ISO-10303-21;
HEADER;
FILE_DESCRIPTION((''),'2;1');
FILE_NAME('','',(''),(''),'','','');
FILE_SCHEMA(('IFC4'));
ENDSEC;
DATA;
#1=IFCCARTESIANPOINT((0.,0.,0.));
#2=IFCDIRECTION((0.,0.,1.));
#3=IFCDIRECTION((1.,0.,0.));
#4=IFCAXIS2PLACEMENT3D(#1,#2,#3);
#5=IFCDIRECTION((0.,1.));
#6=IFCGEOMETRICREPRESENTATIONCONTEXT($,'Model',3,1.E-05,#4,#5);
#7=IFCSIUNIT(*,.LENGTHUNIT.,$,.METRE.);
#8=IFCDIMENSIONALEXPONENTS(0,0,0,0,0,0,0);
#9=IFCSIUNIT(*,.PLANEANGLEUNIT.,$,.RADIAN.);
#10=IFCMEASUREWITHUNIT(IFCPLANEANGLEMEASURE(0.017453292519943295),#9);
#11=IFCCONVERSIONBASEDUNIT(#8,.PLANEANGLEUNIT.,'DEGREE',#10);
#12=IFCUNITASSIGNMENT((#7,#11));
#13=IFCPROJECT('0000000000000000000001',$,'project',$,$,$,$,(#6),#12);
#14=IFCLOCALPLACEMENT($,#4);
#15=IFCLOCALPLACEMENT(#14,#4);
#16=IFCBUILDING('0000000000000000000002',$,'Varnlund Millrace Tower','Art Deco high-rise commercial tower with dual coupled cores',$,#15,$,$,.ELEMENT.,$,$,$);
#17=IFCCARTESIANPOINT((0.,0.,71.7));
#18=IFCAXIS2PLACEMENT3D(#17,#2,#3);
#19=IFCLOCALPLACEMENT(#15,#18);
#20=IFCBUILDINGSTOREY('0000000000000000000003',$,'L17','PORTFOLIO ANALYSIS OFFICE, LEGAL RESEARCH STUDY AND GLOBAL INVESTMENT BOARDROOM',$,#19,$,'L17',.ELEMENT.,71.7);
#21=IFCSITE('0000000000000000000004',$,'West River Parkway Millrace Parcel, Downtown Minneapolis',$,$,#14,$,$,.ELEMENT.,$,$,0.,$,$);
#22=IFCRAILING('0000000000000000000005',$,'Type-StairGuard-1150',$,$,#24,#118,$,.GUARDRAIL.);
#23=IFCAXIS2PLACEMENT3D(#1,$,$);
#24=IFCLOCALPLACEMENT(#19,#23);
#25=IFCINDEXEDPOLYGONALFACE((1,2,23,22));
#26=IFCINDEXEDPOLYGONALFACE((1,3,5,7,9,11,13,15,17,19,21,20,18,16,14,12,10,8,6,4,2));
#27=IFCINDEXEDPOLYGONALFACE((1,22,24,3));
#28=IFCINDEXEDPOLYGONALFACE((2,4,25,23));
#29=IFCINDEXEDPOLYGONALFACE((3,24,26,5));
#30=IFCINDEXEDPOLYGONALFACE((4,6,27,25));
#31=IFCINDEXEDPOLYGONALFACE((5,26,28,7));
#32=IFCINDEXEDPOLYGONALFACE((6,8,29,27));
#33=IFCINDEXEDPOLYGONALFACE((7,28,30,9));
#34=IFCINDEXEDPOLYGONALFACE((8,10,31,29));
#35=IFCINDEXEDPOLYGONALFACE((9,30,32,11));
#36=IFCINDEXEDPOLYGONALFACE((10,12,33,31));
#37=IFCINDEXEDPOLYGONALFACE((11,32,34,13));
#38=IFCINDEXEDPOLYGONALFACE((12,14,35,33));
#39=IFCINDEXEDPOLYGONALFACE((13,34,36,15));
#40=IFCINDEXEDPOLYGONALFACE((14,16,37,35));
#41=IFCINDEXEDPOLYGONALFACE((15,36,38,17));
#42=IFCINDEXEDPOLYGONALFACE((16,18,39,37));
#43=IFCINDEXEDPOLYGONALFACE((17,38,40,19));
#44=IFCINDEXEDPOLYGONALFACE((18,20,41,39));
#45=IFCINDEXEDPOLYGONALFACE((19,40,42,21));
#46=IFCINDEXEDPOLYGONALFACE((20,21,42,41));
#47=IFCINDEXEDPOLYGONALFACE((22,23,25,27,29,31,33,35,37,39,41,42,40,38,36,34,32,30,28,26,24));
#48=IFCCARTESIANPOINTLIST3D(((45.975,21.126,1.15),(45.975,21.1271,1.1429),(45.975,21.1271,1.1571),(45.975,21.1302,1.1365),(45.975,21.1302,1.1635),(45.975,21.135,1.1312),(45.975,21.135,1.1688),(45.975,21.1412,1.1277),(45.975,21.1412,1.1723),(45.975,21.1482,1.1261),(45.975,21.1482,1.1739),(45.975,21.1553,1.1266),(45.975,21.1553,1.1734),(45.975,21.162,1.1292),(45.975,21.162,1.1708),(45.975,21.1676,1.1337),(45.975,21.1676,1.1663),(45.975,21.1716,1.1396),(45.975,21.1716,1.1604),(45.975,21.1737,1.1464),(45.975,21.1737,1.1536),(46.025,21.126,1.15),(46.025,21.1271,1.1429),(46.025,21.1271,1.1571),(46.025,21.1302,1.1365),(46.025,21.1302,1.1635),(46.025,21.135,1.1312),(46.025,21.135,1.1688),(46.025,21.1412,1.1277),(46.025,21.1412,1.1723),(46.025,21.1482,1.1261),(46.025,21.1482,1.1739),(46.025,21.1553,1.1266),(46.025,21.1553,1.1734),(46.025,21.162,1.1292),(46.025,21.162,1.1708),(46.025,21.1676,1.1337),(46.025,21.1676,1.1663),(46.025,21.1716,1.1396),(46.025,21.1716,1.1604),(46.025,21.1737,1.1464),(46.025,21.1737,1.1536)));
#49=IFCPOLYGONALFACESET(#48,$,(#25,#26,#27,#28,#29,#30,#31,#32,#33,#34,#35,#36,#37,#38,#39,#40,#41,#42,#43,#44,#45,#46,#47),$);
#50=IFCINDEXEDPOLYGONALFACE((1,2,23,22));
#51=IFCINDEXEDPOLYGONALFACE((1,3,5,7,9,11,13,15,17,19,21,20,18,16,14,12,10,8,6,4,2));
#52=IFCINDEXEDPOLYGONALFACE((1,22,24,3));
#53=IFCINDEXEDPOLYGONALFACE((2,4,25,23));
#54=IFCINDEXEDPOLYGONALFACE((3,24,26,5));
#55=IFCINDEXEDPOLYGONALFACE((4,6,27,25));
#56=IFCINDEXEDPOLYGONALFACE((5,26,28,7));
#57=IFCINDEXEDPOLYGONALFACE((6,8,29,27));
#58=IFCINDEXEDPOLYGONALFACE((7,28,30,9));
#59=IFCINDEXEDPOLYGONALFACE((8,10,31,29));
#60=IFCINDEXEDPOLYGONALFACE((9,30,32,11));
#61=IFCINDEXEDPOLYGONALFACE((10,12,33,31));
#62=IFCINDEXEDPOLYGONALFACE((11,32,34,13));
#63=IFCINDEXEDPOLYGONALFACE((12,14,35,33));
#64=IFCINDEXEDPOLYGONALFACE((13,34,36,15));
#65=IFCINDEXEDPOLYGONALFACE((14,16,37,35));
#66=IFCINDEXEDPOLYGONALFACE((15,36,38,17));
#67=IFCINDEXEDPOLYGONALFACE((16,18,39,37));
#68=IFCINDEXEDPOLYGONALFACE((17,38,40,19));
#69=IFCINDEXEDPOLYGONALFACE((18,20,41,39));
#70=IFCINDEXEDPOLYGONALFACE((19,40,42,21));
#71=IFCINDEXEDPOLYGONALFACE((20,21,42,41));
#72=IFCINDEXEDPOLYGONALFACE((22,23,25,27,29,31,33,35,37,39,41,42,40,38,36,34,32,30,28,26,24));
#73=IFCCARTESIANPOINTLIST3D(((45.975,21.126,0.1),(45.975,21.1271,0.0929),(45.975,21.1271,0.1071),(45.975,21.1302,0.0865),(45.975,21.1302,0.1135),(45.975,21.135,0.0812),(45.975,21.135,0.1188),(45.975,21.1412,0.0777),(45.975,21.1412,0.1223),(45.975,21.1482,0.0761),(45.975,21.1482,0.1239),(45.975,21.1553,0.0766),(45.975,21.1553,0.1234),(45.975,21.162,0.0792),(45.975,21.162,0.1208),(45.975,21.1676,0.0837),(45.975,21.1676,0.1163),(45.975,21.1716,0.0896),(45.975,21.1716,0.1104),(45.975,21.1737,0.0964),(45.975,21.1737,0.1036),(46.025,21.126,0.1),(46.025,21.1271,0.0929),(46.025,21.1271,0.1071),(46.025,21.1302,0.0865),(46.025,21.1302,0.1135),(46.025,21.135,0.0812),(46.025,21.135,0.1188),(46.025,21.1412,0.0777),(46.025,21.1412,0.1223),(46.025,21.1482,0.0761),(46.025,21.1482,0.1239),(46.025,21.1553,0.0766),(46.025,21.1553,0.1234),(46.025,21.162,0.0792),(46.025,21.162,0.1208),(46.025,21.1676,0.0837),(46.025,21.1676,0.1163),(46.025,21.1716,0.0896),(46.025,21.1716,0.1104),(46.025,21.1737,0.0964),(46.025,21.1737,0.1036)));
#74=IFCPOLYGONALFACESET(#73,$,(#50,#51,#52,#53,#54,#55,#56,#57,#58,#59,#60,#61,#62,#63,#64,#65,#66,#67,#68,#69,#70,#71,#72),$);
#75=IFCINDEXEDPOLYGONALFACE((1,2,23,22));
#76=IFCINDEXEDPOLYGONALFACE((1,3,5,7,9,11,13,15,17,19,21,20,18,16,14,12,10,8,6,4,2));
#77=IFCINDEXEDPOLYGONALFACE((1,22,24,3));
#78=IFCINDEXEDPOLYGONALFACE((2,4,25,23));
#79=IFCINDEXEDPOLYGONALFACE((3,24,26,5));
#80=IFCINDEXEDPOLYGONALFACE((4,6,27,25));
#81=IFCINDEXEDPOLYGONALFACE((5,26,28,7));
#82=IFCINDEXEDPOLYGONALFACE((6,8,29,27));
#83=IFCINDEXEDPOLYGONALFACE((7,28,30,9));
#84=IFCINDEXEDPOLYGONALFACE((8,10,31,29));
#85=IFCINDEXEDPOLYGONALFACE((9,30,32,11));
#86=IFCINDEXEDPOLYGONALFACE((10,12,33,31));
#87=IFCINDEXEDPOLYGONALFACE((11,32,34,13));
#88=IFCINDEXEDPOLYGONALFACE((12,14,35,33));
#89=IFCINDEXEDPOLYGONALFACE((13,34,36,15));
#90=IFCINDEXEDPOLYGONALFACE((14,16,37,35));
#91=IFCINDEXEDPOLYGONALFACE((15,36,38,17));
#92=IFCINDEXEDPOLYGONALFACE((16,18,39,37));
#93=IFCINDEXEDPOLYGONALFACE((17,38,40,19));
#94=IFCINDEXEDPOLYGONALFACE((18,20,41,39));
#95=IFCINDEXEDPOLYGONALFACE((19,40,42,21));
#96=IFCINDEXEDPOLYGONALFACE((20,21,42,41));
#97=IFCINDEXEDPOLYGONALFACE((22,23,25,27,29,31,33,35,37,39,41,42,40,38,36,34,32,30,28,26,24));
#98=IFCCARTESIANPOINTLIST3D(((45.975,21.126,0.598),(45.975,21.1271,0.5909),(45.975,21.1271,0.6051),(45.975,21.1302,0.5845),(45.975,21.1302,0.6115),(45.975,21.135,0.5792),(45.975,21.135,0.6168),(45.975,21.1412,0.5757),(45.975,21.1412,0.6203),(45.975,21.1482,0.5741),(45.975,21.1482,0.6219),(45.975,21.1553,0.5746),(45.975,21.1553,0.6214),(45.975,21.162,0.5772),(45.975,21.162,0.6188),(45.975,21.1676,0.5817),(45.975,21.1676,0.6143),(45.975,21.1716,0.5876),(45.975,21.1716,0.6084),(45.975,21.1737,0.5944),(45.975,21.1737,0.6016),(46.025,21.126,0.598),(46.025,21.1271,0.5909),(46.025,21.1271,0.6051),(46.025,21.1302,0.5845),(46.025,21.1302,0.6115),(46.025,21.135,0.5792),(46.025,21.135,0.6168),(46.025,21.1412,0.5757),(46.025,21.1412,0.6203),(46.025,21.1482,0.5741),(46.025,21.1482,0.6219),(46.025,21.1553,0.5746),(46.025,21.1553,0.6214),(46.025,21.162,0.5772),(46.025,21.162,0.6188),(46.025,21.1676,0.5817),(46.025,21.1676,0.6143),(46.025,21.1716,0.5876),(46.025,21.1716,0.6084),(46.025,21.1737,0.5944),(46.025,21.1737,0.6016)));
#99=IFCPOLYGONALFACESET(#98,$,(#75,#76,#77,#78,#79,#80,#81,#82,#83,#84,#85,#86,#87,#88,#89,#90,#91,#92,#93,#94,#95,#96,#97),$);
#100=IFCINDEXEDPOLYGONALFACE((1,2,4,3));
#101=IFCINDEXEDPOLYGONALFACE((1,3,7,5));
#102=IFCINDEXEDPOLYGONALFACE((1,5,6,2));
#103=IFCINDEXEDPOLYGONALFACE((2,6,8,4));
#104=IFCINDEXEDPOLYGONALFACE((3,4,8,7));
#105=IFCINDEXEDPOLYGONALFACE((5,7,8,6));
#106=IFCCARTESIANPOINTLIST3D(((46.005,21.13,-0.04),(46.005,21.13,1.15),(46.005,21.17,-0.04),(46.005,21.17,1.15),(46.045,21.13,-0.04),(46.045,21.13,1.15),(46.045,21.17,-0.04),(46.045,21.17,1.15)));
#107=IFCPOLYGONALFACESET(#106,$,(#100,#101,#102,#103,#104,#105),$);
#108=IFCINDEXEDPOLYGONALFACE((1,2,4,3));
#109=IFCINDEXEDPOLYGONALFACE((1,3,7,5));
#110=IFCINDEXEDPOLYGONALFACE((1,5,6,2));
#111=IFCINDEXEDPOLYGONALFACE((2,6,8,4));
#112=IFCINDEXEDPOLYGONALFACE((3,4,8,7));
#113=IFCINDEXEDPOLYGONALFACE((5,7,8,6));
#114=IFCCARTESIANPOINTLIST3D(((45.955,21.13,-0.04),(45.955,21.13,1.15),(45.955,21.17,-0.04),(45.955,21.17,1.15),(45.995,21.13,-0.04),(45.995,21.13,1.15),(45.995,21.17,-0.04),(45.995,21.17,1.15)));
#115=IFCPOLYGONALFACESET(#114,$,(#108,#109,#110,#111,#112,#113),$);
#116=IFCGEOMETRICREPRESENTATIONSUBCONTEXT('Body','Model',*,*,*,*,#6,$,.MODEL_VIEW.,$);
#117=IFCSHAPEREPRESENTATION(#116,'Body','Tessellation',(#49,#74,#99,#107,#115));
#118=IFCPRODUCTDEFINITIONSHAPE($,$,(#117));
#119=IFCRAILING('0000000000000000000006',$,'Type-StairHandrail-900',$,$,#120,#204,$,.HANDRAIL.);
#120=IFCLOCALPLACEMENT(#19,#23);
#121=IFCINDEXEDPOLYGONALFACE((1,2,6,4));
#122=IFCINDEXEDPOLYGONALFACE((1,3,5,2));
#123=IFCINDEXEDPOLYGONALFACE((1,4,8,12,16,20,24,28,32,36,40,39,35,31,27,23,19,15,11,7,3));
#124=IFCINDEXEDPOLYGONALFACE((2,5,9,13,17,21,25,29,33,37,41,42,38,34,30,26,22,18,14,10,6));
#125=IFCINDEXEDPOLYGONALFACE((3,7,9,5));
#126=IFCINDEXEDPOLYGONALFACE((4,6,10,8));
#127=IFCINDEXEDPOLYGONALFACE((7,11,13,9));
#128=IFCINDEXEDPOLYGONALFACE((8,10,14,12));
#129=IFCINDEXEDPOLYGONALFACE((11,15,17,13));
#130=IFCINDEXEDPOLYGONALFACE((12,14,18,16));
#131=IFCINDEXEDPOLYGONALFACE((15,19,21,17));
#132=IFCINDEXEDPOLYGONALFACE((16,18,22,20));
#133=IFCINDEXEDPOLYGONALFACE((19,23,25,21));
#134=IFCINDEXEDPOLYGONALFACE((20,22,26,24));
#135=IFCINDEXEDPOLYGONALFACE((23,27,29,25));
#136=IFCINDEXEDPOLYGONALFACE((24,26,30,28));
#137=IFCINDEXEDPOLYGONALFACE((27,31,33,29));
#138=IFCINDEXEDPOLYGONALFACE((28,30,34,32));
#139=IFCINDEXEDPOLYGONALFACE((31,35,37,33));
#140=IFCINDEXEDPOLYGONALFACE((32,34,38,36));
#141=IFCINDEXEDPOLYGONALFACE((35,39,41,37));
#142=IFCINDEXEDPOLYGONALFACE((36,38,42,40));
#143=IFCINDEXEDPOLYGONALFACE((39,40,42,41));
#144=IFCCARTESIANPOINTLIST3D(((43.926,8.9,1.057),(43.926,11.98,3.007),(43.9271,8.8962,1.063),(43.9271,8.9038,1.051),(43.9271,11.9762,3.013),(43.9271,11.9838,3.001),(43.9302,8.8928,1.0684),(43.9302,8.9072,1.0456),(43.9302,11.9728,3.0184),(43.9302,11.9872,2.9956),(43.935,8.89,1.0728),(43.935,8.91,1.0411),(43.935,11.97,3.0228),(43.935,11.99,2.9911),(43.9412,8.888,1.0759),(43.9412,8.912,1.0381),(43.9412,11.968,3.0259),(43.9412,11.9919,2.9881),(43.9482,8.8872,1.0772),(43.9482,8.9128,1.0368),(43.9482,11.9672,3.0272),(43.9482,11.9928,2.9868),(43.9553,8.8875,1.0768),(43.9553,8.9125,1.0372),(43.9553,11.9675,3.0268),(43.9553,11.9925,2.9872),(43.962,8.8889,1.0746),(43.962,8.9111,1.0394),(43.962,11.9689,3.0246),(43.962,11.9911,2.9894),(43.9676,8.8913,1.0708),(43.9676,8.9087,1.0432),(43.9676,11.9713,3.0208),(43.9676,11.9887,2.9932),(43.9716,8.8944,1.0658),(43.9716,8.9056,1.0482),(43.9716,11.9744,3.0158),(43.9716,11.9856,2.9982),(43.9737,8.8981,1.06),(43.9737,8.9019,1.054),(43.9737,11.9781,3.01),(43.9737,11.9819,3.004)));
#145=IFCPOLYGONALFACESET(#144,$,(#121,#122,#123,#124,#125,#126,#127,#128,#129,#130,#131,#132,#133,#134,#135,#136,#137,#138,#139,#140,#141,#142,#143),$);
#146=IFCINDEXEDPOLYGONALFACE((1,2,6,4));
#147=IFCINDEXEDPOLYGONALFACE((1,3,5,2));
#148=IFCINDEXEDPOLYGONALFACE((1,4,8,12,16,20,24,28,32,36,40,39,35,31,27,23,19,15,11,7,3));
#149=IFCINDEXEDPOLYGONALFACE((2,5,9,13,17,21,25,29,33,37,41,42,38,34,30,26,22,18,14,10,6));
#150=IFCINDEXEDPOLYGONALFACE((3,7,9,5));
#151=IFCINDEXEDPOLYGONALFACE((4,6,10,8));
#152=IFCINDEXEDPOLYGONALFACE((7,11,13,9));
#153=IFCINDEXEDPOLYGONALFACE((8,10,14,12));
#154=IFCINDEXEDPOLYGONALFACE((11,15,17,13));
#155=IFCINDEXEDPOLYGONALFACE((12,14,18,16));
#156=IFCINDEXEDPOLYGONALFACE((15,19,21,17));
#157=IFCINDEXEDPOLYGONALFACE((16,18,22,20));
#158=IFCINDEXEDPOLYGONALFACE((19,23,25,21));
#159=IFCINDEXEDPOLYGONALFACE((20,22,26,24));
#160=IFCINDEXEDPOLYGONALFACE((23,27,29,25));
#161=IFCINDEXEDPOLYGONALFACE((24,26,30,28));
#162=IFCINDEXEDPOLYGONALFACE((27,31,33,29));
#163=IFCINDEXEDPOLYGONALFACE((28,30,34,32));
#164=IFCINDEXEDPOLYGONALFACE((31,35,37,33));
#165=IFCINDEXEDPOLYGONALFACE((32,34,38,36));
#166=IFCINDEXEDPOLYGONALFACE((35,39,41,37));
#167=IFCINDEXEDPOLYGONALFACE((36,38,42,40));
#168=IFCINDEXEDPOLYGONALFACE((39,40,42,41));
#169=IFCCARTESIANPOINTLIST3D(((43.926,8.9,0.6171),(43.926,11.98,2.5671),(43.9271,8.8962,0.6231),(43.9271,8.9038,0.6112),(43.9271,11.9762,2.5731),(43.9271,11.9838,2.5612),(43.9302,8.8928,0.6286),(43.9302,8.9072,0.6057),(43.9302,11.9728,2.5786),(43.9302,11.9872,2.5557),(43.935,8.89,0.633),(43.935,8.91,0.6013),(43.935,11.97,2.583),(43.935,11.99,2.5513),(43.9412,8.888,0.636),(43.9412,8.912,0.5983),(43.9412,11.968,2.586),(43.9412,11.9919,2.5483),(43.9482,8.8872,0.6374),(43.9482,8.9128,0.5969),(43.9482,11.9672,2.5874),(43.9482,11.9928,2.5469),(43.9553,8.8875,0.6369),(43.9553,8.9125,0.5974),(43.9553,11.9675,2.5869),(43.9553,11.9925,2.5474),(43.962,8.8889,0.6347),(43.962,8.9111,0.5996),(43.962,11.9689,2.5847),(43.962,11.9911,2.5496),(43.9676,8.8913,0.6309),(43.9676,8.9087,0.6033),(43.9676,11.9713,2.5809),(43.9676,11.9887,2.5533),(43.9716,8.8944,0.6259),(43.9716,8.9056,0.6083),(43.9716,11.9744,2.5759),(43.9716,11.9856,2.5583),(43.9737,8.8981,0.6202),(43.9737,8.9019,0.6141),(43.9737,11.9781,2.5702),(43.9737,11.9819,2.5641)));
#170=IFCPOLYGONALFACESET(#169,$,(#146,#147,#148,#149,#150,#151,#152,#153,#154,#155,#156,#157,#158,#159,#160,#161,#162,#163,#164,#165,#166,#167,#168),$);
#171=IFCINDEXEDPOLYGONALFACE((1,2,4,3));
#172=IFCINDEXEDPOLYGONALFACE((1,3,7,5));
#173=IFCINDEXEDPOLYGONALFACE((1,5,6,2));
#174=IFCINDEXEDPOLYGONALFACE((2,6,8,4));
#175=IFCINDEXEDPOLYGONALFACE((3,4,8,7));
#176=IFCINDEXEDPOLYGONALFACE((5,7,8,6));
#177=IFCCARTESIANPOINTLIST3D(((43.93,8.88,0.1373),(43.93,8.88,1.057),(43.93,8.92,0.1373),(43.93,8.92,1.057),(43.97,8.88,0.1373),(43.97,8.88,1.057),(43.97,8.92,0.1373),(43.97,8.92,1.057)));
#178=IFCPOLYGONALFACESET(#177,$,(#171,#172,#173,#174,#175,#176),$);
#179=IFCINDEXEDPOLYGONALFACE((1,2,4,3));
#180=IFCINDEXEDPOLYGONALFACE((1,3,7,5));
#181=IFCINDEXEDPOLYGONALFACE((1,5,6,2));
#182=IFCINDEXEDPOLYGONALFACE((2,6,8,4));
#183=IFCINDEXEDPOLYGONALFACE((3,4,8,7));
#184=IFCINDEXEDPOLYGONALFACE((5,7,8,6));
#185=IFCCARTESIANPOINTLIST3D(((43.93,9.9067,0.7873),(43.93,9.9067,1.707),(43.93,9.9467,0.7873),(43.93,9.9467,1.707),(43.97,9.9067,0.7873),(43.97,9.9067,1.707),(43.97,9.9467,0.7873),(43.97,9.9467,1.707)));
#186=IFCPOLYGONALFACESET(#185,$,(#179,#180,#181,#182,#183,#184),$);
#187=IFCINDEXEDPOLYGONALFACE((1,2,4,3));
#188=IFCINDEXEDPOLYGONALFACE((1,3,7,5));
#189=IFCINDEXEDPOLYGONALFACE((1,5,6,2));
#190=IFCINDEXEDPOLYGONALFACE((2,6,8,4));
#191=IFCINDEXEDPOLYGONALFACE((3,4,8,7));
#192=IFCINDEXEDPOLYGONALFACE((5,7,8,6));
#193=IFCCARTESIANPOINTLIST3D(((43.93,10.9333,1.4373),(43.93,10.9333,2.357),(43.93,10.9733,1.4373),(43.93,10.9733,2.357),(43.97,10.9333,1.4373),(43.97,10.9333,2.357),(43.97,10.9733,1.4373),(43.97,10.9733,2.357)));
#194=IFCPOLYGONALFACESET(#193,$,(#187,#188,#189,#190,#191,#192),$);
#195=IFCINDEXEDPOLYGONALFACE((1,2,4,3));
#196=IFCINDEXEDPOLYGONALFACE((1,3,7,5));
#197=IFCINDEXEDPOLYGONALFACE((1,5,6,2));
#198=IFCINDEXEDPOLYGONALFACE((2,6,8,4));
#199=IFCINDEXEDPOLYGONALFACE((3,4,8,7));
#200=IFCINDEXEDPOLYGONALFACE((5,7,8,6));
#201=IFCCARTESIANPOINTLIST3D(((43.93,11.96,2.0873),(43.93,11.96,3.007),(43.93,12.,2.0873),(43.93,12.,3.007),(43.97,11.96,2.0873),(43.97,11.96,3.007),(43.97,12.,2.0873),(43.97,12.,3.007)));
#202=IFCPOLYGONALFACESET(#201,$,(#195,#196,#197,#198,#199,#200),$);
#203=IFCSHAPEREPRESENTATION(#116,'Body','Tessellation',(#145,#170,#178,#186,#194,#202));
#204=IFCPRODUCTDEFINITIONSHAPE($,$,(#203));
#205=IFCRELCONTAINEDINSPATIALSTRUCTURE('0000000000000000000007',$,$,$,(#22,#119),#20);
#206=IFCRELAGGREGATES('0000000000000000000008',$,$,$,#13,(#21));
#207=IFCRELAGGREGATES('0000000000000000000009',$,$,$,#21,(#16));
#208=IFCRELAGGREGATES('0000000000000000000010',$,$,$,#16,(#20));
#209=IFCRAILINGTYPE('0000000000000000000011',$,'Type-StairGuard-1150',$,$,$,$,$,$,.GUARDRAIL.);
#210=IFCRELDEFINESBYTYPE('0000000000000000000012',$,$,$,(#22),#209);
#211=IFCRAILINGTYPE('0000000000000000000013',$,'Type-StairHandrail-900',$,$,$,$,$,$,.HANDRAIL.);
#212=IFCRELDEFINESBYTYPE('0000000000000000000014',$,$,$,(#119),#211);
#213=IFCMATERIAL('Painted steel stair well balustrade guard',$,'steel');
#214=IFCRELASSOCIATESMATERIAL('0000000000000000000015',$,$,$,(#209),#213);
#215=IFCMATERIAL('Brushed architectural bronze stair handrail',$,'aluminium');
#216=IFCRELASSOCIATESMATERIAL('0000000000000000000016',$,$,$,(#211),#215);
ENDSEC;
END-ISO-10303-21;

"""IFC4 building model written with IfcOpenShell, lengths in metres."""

from ifc_helpers import new_model, entity, si_unit, converted_unit, direction, frame, origin_with_axes, origin_2d_with_axis, place, context, subcontext, project, spatial, rectangle, circle, extrude, material, type_object, element, save


model = new_model("IFC4")

# Units and contexts
model_context = context("Model", 3, precision=1e-05, world=origin_with_axes(), true_north=direction((0.0, 1.0)))
body_context = subcontext(model_context, "Body", "Model", "MODEL_VIEW")
ifc_project = project(units=[si_unit("LENGTHUNIT", "METRE"), converted_unit("PLANEANGLEUNIT", "DEGREE", entity("IfcPlaneAngleMeasure", 0.017453292519943295), si_unit("PLANEANGLEUNIT", "RADIAN"), dimensions=[0, 0, 0, 0, 0, 0, 0])], contexts=[model_context])

# Site, building, storey
site_placement = place(None, origin_with_axes())
site = spatial("IfcSite", under=ifc_project, at=site_placement, Name="West River Parkway Millrace Parcel, Downtown Minneapolis", CompositionType="ELEMENT", RefElevation=0.0)
building_placement = place(site_placement, origin_with_axes())
building = spatial("IfcBuilding", under=site, at=building_placement, Name="Varnlund Millrace Tower", Description="Art Deco high-rise commercial tower with dual coupled cores", CompositionType="ELEMENT")
storey_placement = place(building_placement, frame((0.0, 0.0, 71.7), z_axis=(0.0, 0.0, 1.0), x_axis=(1.0, 0.0, 0.0)))
storey = spatial("IfcBuildingStorey", under=building, at=storey_placement, Name="L17", Description="PORTFOLIO ANALYSIS OFFICE, LEGAL RESEARCH STUDY AND GLOBAL INVESTMENT BOARDROOM", LongName="L17", CompositionType="ELEMENT", Elevation=71.7)

# Railings
ifc_material_1 = material(Name="Painted steel stair well balustrade guard", Category="steel")
railing_type_1 = type_object("IfcRailingType", Name="Type-StairGuard-1150", PredefinedType="GUARDRAIL", material=ifc_material_1)
railing_1_placement = place(storey_placement, frame((0.0, 0.0, -71.7), z_axis=(0.0, 0.0, 1.0), x_axis=(1.0, 0.0, 0.0)))
element("IfcRailing", 1, at=railing_1_placement, inside=storey, type_object=railing_type_1, Name="Type-StairGuard-1150", PredefinedType="GUARDRAIL", context=body_context, shape_type="SweptSolid", body=[
    extrude(circle(Radius=0.024, at=origin_2d_with_axis()), frame((46.025, 21.15, 72.85), z_axis=(-1.0, 0.0, 0.0), x_axis=(0.0, -1.0, 0.0)), (0.0, 0.0, 1.0), 0.05),
    extrude(circle(Radius=0.024, at=origin_2d_with_axis()), frame((46.025, 21.15, 71.8), z_axis=(-1.0, 0.0, 0.0), x_axis=(0.0, -1.0, 0.0)), (0.0, 0.0, 1.0), 0.05),
    extrude(circle(Radius=0.024, at=origin_2d_with_axis()), frame((46.025, 21.15, 72.298), z_axis=(-1.0, 0.0, 0.0), x_axis=(0.0, -1.0, 0.0)), (0.0, 0.0, 1.0), 0.05),
    extrude(rectangle(XDim=0.04, YDim=0.04, at=origin_2d_with_axis()), frame((46.025, 21.15, 71.66), z_axis=(0.0, 0.0, 1.0), x_axis=(1.0, 0.0, 0.0)), (0.0, 0.0, 1.0), 1.19),
    extrude(rectangle(XDim=0.04, YDim=0.04, at=origin_2d_with_axis()), frame((45.975, 21.15, 71.66), z_axis=(0.0, 0.0, 1.0), x_axis=(1.0, 0.0, 0.0)), (0.0, 0.0, 1.0), 1.19),
])
ifc_material_2 = material(Name="Brushed architectural bronze stair handrail", Category="aluminium")
railing_type_2 = type_object("IfcRailingType", Name="Type-StairHandrail-900", PredefinedType="HANDRAIL", material=ifc_material_2)
railing_2_placement = place(storey_placement, frame((0.0, 0.0, -71.7), z_axis=(0.0, 0.0, 1.0), x_axis=(1.0, 0.0, 0.0)))
element("IfcRailing", 2, at=railing_2_placement, inside=storey, type_object=railing_type_2, Name="Type-StairHandrail-900", PredefinedType="HANDRAIL", context=body_context, shape_type="SweptSolid", body=[
    extrude(circle(Radius=0.024, at=origin_2d_with_axis()), frame((43.95, 8.9, 72.757), z_axis=(0.0, 0.844902, 0.534922), x_axis=(-1.0, 0.0, 0.0)), (0.0, 0.0, 1.0), 3.6454),
    extrude(circle(Radius=0.024, at=origin_2d_with_axis()), frame((43.95, 8.9, 72.3171), z_axis=(0.0, 0.844902, 0.534922), x_axis=(-1.0, 0.0, 0.0)), (0.0, 0.0, 1.0), 3.6454),
    extrude(rectangle(XDim=0.04, YDim=0.04, at=origin_2d_with_axis()), frame((43.95, 8.9, 71.8373), z_axis=(0.0, 0.0, 1.0), x_axis=(1.0, 0.0, 0.0)), (0.0, 0.0, 1.0), 0.9197),
    extrude(rectangle(XDim=0.04, YDim=0.04, at=origin_2d_with_axis()), frame((43.95, 9.9267, 72.4873), z_axis=(0.0, 0.0, 1.0), x_axis=(1.0, 0.0, 0.0)), (0.0, 0.0, 1.0), 0.9197),
    extrude(rectangle(XDim=0.04, YDim=0.04, at=origin_2d_with_axis()), frame((43.95, 10.9533, 73.1373), z_axis=(0.0, 0.0, 1.0), x_axis=(1.0, 0.0, 0.0)), (0.0, 0.0, 1.0), 0.9197),
    extrude(rectangle(XDim=0.04, YDim=0.04, at=origin_2d_with_axis()), frame((43.95, 11.98, 73.7873), z_axis=(0.0, 0.0, 1.0), x_axis=(1.0, 0.0, 0.0)), (0.0, 0.0, 1.0), 0.9197),
])

save(model, "model.ifc")
